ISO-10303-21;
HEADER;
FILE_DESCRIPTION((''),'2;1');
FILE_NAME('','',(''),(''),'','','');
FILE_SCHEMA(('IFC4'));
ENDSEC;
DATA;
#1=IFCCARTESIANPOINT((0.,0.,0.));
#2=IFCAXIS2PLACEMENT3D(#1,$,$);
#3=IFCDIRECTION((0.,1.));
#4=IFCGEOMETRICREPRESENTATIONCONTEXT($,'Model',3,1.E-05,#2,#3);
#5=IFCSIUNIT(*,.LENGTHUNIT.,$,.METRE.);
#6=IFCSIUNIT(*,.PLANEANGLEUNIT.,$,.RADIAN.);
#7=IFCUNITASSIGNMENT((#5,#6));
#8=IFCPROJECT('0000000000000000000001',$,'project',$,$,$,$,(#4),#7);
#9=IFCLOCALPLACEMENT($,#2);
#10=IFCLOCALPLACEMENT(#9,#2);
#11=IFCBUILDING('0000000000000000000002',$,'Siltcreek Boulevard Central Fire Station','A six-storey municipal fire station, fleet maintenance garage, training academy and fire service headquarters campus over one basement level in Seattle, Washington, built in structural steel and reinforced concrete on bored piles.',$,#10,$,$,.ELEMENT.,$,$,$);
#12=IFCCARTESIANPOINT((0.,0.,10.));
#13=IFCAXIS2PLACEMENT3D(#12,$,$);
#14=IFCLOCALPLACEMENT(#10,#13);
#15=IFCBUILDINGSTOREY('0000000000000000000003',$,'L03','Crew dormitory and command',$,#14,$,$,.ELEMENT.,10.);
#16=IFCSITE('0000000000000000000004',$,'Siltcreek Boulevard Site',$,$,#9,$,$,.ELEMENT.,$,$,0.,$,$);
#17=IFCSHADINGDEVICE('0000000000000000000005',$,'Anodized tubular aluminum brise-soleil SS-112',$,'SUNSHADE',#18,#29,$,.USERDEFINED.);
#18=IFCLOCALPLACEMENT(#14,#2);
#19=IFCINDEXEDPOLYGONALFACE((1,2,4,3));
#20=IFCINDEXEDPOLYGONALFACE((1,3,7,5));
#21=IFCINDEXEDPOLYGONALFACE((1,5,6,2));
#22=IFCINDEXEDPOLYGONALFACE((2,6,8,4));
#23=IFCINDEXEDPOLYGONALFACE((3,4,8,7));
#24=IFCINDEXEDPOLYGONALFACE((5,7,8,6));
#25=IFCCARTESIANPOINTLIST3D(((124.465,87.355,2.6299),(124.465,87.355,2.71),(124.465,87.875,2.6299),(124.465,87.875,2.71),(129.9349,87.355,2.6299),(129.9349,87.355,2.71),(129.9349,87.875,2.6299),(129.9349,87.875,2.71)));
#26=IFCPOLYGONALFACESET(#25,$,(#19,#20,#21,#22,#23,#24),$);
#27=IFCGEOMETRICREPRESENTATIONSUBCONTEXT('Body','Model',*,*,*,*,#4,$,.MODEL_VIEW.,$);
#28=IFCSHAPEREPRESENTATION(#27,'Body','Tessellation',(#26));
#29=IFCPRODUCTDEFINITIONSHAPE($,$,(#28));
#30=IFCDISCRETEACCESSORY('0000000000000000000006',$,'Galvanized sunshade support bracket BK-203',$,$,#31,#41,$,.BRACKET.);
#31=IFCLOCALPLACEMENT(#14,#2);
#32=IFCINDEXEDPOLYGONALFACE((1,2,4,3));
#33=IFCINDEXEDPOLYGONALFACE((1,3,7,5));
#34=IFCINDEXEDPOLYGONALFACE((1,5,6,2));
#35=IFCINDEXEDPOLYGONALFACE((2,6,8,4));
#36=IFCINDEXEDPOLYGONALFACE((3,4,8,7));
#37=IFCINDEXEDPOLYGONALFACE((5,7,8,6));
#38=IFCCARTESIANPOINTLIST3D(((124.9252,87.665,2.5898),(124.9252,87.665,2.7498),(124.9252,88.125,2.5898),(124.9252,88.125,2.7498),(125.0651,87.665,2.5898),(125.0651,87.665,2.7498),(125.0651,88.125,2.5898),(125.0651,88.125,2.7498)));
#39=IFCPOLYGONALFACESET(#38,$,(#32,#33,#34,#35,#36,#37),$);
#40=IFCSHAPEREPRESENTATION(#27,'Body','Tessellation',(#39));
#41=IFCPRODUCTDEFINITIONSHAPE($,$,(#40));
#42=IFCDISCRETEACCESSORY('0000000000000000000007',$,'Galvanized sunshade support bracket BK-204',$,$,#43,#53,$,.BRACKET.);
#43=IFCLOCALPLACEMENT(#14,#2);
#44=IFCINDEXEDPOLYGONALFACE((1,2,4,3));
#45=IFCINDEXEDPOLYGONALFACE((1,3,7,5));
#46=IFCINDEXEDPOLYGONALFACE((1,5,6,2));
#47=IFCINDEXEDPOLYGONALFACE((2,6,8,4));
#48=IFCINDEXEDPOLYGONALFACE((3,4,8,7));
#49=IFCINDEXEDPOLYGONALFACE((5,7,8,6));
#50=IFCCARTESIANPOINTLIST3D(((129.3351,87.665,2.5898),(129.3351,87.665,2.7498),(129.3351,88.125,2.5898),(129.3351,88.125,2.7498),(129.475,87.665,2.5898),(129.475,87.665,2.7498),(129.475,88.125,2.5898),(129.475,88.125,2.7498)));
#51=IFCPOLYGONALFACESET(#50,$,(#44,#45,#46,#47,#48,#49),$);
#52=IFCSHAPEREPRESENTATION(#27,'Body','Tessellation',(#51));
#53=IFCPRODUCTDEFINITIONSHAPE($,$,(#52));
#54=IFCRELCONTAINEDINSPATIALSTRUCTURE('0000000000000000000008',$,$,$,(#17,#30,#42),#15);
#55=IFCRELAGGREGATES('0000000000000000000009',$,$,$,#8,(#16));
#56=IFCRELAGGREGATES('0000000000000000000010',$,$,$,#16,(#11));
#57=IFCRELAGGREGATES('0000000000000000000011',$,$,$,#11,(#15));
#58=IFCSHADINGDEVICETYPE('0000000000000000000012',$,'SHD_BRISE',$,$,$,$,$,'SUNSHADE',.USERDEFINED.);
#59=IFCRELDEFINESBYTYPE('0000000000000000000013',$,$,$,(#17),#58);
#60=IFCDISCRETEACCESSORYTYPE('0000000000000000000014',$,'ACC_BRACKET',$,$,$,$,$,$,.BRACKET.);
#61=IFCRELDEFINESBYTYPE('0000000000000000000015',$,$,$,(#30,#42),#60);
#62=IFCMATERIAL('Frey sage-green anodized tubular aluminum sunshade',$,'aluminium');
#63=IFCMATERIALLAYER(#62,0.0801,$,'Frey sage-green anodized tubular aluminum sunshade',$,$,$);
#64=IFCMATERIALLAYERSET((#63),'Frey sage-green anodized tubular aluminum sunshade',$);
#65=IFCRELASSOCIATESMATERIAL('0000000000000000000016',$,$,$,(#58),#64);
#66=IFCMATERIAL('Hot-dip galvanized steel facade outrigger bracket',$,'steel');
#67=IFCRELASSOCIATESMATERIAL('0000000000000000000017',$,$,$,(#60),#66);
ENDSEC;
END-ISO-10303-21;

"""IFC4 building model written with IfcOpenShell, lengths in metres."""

from ifc_helpers import new_model, si_unit, direction, frame, origin, origin_2d, place, context, subcontext, project, spatial, rectangle, extrude, material, layer, layer_set, type_object, element, save


model = new_model("IFC4")

# Units and contexts
model_context = context("Model", 3, precision=1e-05, world=origin(), true_north=direction((0.0, 1.0)))
body_context = subcontext(model_context, "Body", "Model", "MODEL_VIEW")
ifc_project = project(units=[si_unit("LENGTHUNIT", "METRE"), si_unit("PLANEANGLEUNIT", "RADIAN")], contexts=[model_context])

# Site, building, storey
site_placement = place(None, origin())
site = spatial("IfcSite", under=ifc_project, at=site_placement, Name="Siltcreek Boulevard Site", CompositionType="ELEMENT", RefElevation=0.0)
building_placement = place(site_placement, origin())
building = spatial("IfcBuilding", under=site, at=building_placement, Name="Siltcreek Boulevard Central Fire Station", Description="A six-storey municipal fire station, fleet maintenance garage, training academy and fire service headquarters campus over one basement level in Seattle, Washington, built in structural steel and reinforced concrete on bored piles.", CompositionType="ELEMENT")
storey_placement = place(building_placement, frame((0.0, 0.0, 10.0)))
storey = spatial("IfcBuildingStorey", under=building, at=storey_placement, Name="L03", Description="Crew dormitory and command", CompositionType="ELEMENT", Elevation=10.0)

# Shading device
ifc_material_1 = material(Name="Frey sage-green anodized tubular aluminum sunshade", Category="aluminium")
ifc_layer_1 = layer(ifc_material_1, 0.0801, Name="Frey sage-green anodized tubular aluminum sunshade")
ifc_layer_set_1 = layer_set([ifc_layer_1], Name="Frey sage-green anodized tubular aluminum sunshade")
shading_device_type = type_object("IfcShadingDeviceType", Name="SHD_BRISE", ElementType="SUNSHADE", PredefinedType="USERDEFINED", material=ifc_layer_set_1)
shading_device_placement = place(storey_placement, frame((127.2, 87.615, 2.6299), z_axis=(0.0, 0.0, 1.0), x_axis=(1.0, 0.0, 0.0)))
element("IfcShadingDevice", 1, at=shading_device_placement, inside=storey, type_object=shading_device_type, Name="Anodized tubular aluminum brise-soleil SS-112", ObjectType="SUNSHADE", PredefinedType="USERDEFINED", context=body_context, shape_type="SweptSolid", body=[
    extrude(rectangle(XDim=5.47, YDim=0.52, at=origin_2d()), origin(), (0.0, 0.0, 1.0), 0.0801),
])

# Discrete accessories
ifc_material_2 = material(Name="Hot-dip galvanized steel facade outrigger bracket", Category="steel")
discrete_accessory_type = type_object("IfcDiscreteAccessoryType", Name="ACC_BRACKET", PredefinedType="BRACKET", material=ifc_material_2)
for number, where, z_axis, x_axis, name in (
    (2, (124.9951, 87.895, 2.5898), (0.0, 0.0, 1.0), (1.0, 0.0, 0.0), "Galvanized sunshade support bracket BK-203"),
    (3, (129.405, 87.895, 2.5898), (0.0, 0.0, 1.0), (1.0, 0.0, 0.0), "Galvanized sunshade support bracket BK-204"),
):
    element("IfcDiscreteAccessory", number, at=place(storey_placement, frame(where, z_axis=z_axis, x_axis=x_axis)), inside=storey, type_object=discrete_accessory_type, Name=name, PredefinedType="BRACKET", context=body_context, shape_type="SweptSolid", body=[
        extrude(rectangle(XDim=0.1399, YDim=0.46, at=origin_2d()), origin(), (0.0, 0.0, 1.0), 0.1599),
    ])

save(model, "model.ifc")
